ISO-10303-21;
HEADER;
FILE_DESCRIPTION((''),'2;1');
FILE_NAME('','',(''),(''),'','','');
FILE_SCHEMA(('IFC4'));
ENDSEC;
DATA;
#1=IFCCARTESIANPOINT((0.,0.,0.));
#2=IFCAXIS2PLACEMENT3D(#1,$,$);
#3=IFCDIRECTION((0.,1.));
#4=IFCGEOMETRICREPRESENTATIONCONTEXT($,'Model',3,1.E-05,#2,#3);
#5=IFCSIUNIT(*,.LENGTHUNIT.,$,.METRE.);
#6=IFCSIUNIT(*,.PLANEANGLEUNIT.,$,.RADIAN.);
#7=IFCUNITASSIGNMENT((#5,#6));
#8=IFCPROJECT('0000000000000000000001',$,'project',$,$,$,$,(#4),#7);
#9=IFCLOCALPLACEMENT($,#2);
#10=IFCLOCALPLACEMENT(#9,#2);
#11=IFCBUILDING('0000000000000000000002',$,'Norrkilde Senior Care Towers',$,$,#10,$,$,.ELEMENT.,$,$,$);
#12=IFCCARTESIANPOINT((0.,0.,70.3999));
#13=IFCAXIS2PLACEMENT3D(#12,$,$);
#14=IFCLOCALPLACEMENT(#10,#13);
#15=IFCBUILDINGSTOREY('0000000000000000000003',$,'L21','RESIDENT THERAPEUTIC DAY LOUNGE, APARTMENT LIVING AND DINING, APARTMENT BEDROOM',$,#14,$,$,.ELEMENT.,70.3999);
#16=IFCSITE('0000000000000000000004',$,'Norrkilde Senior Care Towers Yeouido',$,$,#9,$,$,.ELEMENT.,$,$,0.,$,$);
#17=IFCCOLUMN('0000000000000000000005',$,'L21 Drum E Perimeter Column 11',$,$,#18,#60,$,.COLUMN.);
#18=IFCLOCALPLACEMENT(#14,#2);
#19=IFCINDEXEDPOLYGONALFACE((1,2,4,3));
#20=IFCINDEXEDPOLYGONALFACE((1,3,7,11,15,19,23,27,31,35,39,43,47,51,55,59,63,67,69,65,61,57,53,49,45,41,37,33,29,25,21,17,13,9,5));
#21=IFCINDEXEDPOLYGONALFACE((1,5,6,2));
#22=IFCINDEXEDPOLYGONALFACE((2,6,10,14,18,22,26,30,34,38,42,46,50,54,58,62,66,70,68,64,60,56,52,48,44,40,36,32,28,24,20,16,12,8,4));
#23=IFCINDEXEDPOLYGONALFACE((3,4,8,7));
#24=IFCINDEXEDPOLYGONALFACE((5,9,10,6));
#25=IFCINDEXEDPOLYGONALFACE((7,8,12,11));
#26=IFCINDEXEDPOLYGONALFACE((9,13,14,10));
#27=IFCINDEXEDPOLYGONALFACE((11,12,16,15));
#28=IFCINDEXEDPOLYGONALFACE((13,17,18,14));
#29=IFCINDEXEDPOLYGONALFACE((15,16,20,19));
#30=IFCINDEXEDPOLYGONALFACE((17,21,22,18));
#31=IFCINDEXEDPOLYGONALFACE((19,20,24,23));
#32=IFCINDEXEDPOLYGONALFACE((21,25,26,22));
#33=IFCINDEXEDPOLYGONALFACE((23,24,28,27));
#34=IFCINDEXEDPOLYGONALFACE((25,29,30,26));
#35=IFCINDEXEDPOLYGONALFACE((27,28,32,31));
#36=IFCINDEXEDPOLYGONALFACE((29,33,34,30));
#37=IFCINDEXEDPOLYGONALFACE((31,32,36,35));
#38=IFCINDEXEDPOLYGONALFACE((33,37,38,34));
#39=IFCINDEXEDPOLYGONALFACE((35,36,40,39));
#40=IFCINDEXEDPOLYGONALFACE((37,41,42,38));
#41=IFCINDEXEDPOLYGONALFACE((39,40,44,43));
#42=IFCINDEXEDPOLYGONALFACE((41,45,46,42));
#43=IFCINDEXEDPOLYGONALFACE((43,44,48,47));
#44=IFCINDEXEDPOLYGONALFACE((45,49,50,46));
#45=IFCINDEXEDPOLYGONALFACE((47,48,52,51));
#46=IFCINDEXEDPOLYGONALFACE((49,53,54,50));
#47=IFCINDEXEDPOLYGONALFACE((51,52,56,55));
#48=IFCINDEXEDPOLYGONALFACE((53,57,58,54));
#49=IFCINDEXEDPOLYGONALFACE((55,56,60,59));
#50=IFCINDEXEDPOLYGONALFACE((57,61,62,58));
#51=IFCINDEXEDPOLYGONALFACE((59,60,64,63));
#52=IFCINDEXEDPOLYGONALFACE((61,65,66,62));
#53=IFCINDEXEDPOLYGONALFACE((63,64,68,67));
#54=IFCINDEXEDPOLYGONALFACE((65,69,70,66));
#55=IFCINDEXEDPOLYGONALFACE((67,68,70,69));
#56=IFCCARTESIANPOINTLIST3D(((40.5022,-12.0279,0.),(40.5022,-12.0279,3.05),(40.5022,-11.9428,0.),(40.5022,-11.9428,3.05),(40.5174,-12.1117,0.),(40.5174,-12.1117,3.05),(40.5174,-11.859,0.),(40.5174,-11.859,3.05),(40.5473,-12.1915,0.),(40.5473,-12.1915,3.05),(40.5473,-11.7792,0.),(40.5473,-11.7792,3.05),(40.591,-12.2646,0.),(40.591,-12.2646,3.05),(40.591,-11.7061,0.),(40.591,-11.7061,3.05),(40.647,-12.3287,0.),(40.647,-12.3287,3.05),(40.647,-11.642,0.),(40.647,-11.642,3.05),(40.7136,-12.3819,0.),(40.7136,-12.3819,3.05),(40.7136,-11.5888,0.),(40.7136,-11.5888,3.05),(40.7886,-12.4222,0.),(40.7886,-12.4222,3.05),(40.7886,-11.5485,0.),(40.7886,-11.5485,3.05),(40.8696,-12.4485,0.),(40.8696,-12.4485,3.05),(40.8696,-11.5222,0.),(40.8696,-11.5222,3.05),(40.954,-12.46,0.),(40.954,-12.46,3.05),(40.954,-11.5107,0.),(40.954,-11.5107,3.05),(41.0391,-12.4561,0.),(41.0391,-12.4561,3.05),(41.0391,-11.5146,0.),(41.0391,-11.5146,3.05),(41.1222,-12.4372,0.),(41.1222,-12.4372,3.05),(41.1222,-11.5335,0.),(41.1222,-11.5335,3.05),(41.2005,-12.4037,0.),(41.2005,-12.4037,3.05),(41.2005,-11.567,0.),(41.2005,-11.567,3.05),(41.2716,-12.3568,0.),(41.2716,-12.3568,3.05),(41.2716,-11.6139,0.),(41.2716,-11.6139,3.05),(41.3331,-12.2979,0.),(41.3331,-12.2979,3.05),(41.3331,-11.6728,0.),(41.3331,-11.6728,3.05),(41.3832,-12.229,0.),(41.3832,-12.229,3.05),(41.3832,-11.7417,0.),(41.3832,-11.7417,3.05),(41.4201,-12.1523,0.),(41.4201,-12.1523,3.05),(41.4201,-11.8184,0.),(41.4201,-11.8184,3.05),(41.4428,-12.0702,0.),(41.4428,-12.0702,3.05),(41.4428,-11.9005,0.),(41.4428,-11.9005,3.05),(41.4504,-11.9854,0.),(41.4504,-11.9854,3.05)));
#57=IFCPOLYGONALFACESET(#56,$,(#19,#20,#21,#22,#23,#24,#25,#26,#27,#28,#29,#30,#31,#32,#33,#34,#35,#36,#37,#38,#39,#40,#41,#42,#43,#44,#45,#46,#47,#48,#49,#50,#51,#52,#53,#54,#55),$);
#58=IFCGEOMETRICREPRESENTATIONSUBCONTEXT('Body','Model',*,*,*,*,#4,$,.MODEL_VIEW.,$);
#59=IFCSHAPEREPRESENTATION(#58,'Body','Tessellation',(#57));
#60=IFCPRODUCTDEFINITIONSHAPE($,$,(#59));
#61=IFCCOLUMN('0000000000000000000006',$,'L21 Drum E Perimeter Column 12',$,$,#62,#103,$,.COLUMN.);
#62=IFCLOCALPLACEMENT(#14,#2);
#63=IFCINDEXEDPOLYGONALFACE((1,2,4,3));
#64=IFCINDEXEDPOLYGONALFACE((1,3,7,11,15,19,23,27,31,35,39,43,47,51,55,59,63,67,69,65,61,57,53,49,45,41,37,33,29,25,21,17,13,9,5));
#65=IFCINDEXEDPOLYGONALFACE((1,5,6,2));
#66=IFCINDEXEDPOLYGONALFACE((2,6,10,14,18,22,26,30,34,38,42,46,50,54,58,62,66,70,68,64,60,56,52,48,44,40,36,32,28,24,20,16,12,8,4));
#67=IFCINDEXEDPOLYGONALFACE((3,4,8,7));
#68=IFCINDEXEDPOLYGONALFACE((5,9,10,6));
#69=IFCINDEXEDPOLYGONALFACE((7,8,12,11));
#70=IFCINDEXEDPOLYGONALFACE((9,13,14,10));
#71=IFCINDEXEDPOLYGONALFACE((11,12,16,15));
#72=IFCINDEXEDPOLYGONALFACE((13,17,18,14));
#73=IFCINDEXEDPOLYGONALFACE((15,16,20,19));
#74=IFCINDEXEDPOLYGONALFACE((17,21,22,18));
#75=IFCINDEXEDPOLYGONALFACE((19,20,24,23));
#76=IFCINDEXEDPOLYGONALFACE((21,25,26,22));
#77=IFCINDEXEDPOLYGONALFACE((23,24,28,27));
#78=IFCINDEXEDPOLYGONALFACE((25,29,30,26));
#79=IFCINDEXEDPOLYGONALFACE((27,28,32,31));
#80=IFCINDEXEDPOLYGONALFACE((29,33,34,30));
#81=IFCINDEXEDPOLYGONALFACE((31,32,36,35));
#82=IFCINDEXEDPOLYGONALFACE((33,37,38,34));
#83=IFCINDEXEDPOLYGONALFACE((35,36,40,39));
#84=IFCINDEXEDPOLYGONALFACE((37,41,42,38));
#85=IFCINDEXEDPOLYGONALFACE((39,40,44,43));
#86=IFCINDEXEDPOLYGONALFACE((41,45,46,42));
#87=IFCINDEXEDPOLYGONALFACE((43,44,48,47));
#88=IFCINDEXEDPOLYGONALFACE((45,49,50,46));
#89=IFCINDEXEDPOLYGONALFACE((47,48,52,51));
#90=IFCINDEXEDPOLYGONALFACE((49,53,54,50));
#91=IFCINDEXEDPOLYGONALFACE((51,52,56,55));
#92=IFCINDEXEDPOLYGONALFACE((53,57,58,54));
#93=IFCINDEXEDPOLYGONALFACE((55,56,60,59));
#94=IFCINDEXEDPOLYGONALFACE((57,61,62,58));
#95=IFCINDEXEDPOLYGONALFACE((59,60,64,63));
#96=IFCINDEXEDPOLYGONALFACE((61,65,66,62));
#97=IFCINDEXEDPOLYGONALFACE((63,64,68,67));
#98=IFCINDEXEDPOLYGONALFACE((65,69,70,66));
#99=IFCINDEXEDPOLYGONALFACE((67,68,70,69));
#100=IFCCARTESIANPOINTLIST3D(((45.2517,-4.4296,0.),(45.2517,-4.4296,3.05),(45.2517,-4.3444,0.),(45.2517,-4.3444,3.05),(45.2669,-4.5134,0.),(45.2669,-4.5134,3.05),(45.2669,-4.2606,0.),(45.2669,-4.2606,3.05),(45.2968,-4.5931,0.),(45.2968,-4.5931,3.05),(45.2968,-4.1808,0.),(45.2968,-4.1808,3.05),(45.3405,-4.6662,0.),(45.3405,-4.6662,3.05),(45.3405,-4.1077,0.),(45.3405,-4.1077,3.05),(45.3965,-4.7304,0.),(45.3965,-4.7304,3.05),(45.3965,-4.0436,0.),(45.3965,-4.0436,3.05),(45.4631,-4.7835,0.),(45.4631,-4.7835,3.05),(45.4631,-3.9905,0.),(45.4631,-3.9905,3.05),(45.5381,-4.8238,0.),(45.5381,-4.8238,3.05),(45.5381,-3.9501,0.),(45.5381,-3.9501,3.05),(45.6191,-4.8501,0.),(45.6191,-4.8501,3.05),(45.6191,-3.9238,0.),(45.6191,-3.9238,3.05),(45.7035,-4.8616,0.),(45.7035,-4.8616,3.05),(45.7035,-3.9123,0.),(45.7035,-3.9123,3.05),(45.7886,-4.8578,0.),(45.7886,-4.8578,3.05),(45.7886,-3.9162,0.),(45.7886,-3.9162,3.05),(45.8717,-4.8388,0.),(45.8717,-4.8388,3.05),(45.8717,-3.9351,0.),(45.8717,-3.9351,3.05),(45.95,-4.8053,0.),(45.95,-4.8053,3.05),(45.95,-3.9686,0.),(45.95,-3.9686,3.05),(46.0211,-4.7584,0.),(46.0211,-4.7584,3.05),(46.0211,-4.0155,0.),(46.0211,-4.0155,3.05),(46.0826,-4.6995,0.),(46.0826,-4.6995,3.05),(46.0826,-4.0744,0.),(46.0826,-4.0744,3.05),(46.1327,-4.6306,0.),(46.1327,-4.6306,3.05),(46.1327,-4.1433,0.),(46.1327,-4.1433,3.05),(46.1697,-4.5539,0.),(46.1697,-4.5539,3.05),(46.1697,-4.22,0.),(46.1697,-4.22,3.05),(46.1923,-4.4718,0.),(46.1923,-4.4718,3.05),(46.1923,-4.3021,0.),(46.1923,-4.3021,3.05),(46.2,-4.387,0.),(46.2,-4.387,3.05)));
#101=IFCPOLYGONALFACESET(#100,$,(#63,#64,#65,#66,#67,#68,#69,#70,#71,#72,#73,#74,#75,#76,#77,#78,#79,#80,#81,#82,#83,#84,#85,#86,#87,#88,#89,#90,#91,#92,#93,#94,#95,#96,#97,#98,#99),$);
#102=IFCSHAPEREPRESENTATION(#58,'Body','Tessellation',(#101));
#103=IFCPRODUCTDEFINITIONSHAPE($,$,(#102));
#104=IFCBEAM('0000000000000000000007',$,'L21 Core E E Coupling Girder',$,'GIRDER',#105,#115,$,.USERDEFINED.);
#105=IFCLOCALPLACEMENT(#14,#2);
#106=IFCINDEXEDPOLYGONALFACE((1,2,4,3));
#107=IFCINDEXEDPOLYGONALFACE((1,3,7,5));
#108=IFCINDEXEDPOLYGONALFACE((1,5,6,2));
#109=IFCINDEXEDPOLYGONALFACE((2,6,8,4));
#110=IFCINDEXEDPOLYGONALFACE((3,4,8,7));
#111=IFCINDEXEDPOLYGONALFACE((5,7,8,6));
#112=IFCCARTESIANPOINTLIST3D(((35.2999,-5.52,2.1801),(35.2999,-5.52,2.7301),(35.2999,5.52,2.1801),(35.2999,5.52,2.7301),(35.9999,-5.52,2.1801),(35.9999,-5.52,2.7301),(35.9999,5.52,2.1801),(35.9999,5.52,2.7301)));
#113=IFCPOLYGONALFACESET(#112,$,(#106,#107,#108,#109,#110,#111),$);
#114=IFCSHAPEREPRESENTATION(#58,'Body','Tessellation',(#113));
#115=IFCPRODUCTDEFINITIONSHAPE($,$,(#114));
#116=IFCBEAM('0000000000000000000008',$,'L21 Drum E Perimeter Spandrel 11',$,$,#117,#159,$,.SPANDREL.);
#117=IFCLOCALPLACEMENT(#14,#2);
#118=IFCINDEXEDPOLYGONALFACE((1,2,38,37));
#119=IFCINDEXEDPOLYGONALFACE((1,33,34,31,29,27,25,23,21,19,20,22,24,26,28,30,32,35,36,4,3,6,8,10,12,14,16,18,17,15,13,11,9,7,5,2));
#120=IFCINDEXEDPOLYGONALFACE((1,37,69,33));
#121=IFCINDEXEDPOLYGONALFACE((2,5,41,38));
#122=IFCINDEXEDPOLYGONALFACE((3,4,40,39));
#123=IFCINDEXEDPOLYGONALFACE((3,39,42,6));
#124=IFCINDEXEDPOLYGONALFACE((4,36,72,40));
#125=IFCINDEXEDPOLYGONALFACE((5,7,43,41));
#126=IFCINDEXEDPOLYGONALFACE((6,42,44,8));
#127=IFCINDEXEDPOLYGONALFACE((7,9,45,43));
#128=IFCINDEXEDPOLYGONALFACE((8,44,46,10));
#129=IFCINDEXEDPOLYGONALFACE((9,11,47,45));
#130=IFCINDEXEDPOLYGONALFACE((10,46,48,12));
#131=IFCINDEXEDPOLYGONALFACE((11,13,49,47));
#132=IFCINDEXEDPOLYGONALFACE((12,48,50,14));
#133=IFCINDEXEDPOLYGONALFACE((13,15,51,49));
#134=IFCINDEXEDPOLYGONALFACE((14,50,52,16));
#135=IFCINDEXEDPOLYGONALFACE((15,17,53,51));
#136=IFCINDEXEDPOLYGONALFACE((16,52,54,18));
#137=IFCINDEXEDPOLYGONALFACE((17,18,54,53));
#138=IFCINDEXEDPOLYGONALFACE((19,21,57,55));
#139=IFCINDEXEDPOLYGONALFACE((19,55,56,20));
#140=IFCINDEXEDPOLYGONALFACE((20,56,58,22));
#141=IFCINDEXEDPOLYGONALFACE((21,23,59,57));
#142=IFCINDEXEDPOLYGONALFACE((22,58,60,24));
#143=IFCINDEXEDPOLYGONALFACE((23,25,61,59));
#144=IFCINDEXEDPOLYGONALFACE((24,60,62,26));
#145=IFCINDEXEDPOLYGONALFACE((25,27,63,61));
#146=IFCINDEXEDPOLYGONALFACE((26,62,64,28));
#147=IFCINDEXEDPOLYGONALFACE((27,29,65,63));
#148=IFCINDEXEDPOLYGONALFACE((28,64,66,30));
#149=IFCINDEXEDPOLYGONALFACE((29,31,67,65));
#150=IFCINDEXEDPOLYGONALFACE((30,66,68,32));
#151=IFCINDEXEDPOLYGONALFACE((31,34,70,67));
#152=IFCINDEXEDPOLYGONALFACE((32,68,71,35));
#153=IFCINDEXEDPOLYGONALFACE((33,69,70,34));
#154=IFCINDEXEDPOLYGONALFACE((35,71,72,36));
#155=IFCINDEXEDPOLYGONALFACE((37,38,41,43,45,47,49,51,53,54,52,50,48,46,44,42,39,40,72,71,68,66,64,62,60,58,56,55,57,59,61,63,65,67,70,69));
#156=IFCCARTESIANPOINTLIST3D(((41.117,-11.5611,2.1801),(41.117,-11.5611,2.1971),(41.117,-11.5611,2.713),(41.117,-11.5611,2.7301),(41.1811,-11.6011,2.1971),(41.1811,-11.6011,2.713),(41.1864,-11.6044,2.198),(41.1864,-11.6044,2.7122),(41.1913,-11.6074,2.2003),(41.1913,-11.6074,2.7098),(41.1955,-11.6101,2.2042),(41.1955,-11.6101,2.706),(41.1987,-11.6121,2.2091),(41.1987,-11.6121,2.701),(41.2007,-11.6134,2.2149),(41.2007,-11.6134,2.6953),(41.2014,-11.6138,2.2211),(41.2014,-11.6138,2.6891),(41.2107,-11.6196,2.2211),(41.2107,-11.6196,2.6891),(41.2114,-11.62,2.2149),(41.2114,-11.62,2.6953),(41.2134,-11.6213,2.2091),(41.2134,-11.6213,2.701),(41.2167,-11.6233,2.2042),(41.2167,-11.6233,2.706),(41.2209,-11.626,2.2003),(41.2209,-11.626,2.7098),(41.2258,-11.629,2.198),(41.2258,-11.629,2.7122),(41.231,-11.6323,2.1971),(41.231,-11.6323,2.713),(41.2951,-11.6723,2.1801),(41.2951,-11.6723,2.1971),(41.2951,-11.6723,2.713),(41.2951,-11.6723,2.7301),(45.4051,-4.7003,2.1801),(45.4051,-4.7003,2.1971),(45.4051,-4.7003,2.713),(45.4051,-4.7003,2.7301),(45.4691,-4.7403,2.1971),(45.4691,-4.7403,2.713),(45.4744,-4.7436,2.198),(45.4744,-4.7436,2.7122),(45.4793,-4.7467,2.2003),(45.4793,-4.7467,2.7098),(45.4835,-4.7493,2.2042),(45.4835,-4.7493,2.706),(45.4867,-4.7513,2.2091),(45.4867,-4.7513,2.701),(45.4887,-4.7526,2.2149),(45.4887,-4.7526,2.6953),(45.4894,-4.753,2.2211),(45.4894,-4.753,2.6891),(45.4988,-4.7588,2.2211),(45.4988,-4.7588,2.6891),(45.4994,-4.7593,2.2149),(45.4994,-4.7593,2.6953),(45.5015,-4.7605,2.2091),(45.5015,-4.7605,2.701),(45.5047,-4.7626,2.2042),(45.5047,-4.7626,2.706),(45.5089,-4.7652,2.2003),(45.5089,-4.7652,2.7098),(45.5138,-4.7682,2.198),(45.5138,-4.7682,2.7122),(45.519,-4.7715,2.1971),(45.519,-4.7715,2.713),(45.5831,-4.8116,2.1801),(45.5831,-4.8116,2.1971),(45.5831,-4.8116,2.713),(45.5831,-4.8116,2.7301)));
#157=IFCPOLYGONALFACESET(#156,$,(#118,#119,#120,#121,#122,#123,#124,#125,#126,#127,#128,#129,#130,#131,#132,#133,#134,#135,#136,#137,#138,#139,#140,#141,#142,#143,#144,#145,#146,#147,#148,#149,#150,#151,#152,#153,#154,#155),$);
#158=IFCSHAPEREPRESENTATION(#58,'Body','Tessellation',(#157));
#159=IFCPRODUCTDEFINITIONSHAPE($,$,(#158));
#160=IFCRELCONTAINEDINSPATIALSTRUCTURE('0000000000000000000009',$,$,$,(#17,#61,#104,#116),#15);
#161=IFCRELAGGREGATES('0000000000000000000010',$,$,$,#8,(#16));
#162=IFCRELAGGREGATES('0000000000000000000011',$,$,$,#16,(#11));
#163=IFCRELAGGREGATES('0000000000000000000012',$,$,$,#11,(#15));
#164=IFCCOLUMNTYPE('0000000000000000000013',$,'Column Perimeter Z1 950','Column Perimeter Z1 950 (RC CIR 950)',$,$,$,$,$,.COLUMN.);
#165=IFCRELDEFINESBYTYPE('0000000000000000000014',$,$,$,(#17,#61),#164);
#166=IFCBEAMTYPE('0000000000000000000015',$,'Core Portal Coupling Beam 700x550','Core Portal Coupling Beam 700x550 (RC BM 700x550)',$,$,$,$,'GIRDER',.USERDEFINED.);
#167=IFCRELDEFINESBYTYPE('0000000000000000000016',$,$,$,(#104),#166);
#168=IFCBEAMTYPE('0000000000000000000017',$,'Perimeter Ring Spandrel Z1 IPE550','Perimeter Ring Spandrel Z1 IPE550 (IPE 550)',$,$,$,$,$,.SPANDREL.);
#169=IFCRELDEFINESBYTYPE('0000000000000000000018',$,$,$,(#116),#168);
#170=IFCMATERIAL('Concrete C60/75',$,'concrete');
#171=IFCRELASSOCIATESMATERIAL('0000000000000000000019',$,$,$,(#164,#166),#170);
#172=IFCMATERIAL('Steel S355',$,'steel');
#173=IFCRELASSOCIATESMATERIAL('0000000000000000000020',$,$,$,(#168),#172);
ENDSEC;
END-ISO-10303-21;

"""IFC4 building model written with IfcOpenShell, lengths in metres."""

from ifc_helpers import new_model, si_unit, direction, frame, origin, origin_2d, place, context, subcontext, project, spatial, rectangle, circle, i_section, extrude, source, transform, mapped, material, material_profile, profile_set, type_object, type_shapes, element, save


model = new_model("IFC4")

# Units and contexts
model_context = context("Model", 3, precision=1e-05, world=origin(), true_north=direction((0.0, 1.0)))
body_context = subcontext(model_context, "Body", "Model", "MODEL_VIEW")
ifc_project = project(units=[si_unit("LENGTHUNIT", "METRE"), si_unit("PLANEANGLEUNIT", "RADIAN")], contexts=[model_context])

# Site, building, storey
site_placement = place(None, origin())
site = spatial("IfcSite", under=ifc_project, at=site_placement, Name="Norrkilde Senior Care Towers Yeouido", CompositionType="ELEMENT", RefElevation=0.0)
building_placement = place(site_placement, origin())
building = spatial("IfcBuilding", under=site, at=building_placement, Name="Norrkilde Senior Care Towers", CompositionType="ELEMENT")
storey_placement = place(building_placement, frame((0.0, 0.0, 70.3999)))
storey = spatial("IfcBuildingStorey", under=building, at=storey_placement, Name="L21", Description="RESIDENT THERAPEUTIC DAY LOUNGE, APARTMENT LIVING AND DINING, APARTMENT BEDROOM", CompositionType="ELEMENT", Elevation=70.3999)

# Columns
ifc_material_1 = material(Name="Concrete C60/75", Category="concrete")
ifc_material_profile_1 = material_profile(ifc_material_1, circle(Radius=0.4751, at=origin_2d()), Name="RC CIR 950")
ifc_profile_set_1 = profile_set([ifc_material_profile_1], Name="Concrete C60/75")
column_type = type_object("IfcColumnType", Name="Column Perimeter Z1 950", Description="Column Perimeter Z1 950 (RC CIR 950)", PredefinedType="COLUMN", material=ifc_profile_set_1)
shared_shape_1 = source(origin(), body_context, "Body", "SweptSolid", [
    extrude(circle(Radius=0.4751, at=origin_2d()), origin(), (0.0, 0.0, 1.0), 3.05),
])
type_shapes(column_type, [shared_shape_1])
for number, where, z_axis, x_axis, name in (
    (1, (40.9753, -11.9854, 0.0), (0.0, 0.0, 1.0), (1.0, 0.0, 0.0), "L21 Drum E Perimeter Column 11"),
    (2, (45.7249, -4.387, 0.0), (0.0, 0.0, 1.0), (1.0, 0.0, 0.0), "L21 Drum E Perimeter Column 12"),
):
    element("IfcColumn", number, at=place(storey_placement, frame(where, z_axis=z_axis, x_axis=x_axis)), inside=storey, type_object=column_type, Name=name, PredefinedType="COLUMN", context=body_context, shape_type="MappedRepresentation", body=[
        mapped(shared_shape_1, transform((0.0, 0.0, 0.0), x_axis=(1.0, 0.0, 0.0), y_axis=(0.0, 1.0, 0.0), z_axis=(0.0, 0.0, 1.0), scale=1.0)),
    ])

# Beams
ifc_material_profile_2 = material_profile(ifc_material_1, rectangle(XDim=0.7, YDim=0.55, at=origin_2d()), Name="RC BM 700x550")
ifc_profile_set_2 = profile_set([ifc_material_profile_2], Name="Concrete C60/75")
beam_type_1 = type_object("IfcBeamType", Name="Core Portal Coupling Beam 700x550", Description="Core Portal Coupling Beam 700x550 (RC BM 700x550)", ElementType="GIRDER", PredefinedType="USERDEFINED", material=ifc_profile_set_2)
shared_shape_2 = source(origin(), body_context, "Body", "SweptSolid", [
    extrude(rectangle(XDim=0.7, YDim=0.55, at=origin_2d()), origin(), (0.0, 0.0, 1.0), 11.04),
])
type_shapes(beam_type_1, [shared_shape_2])
beam_1_placement = place(storey_placement, frame((35.6499, -5.52, 2.4551), z_axis=(0.0, 1.0, 0.0), x_axis=(-1.0, 0.0, 0.0)))
element("IfcBeam", 3, at=beam_1_placement, inside=storey, type_object=beam_type_1, Name="L21 Core E E Coupling Girder", ObjectType="GIRDER", PredefinedType="USERDEFINED", context=body_context, shape_type="MappedRepresentation", body=[
    mapped(shared_shape_2, transform((0.0, 0.0, 0.0), x_axis=(1.0, 0.0, 0.0), y_axis=(0.0, 1.0, 0.0), z_axis=(0.0, 0.0, 1.0), scale=1.0)),
])
ifc_material_2 = material(Name="Steel S355", Category="steel")
ifc_material_profile_3 = material_profile(ifc_material_2, i_section(OverallWidth=0.21, OverallDepth=0.55, WebThickness=0.011, FlangeThickness=0.0171, FilletRadius=0.0239, at=origin_2d()), Name="IPE 550")
ifc_profile_set_3 = profile_set([ifc_material_profile_3], Name="Steel S355")
beam_type_2 = type_object("IfcBeamType", Name="Perimeter Ring Spandrel Z1 IPE550", Description="Perimeter Ring Spandrel Z1 IPE550 (IPE 550)", PredefinedType="SPANDREL", material=ifc_profile_set_3)
shared_shape_3 = source(origin(), body_context, "Body", "SweptSolid", [
    extrude(i_section(OverallWidth=0.21, OverallDepth=0.55, WebThickness=0.011, FlangeThickness=0.0171, FilletRadius=0.0239, at=origin_2d()), origin(), (0.0, 0.0, 1.0), 8.0906),
])
beam_2_placement = place(storey_placement, frame((41.2061, -11.6167, 2.4551), z_axis=(0.530004, 0.847995, 0.0), x_axis=(-0.847995, 0.530004, 0.0)))
element("IfcBeam", 4, at=beam_2_placement, inside=storey, type_object=beam_type_2, Name="L21 Drum E Perimeter Spandrel 11", PredefinedType="SPANDREL", context=body_context, shape_type="MappedRepresentation", body=[
    mapped(shared_shape_3, transform((0.0, 0.0, 0.0), x_axis=(1.0, 0.0, 0.0), y_axis=(0.0, 1.0, 0.0), z_axis=(0.0, 0.0, 1.0), scale=1.0)),
])

save(model, "model.ifc")
